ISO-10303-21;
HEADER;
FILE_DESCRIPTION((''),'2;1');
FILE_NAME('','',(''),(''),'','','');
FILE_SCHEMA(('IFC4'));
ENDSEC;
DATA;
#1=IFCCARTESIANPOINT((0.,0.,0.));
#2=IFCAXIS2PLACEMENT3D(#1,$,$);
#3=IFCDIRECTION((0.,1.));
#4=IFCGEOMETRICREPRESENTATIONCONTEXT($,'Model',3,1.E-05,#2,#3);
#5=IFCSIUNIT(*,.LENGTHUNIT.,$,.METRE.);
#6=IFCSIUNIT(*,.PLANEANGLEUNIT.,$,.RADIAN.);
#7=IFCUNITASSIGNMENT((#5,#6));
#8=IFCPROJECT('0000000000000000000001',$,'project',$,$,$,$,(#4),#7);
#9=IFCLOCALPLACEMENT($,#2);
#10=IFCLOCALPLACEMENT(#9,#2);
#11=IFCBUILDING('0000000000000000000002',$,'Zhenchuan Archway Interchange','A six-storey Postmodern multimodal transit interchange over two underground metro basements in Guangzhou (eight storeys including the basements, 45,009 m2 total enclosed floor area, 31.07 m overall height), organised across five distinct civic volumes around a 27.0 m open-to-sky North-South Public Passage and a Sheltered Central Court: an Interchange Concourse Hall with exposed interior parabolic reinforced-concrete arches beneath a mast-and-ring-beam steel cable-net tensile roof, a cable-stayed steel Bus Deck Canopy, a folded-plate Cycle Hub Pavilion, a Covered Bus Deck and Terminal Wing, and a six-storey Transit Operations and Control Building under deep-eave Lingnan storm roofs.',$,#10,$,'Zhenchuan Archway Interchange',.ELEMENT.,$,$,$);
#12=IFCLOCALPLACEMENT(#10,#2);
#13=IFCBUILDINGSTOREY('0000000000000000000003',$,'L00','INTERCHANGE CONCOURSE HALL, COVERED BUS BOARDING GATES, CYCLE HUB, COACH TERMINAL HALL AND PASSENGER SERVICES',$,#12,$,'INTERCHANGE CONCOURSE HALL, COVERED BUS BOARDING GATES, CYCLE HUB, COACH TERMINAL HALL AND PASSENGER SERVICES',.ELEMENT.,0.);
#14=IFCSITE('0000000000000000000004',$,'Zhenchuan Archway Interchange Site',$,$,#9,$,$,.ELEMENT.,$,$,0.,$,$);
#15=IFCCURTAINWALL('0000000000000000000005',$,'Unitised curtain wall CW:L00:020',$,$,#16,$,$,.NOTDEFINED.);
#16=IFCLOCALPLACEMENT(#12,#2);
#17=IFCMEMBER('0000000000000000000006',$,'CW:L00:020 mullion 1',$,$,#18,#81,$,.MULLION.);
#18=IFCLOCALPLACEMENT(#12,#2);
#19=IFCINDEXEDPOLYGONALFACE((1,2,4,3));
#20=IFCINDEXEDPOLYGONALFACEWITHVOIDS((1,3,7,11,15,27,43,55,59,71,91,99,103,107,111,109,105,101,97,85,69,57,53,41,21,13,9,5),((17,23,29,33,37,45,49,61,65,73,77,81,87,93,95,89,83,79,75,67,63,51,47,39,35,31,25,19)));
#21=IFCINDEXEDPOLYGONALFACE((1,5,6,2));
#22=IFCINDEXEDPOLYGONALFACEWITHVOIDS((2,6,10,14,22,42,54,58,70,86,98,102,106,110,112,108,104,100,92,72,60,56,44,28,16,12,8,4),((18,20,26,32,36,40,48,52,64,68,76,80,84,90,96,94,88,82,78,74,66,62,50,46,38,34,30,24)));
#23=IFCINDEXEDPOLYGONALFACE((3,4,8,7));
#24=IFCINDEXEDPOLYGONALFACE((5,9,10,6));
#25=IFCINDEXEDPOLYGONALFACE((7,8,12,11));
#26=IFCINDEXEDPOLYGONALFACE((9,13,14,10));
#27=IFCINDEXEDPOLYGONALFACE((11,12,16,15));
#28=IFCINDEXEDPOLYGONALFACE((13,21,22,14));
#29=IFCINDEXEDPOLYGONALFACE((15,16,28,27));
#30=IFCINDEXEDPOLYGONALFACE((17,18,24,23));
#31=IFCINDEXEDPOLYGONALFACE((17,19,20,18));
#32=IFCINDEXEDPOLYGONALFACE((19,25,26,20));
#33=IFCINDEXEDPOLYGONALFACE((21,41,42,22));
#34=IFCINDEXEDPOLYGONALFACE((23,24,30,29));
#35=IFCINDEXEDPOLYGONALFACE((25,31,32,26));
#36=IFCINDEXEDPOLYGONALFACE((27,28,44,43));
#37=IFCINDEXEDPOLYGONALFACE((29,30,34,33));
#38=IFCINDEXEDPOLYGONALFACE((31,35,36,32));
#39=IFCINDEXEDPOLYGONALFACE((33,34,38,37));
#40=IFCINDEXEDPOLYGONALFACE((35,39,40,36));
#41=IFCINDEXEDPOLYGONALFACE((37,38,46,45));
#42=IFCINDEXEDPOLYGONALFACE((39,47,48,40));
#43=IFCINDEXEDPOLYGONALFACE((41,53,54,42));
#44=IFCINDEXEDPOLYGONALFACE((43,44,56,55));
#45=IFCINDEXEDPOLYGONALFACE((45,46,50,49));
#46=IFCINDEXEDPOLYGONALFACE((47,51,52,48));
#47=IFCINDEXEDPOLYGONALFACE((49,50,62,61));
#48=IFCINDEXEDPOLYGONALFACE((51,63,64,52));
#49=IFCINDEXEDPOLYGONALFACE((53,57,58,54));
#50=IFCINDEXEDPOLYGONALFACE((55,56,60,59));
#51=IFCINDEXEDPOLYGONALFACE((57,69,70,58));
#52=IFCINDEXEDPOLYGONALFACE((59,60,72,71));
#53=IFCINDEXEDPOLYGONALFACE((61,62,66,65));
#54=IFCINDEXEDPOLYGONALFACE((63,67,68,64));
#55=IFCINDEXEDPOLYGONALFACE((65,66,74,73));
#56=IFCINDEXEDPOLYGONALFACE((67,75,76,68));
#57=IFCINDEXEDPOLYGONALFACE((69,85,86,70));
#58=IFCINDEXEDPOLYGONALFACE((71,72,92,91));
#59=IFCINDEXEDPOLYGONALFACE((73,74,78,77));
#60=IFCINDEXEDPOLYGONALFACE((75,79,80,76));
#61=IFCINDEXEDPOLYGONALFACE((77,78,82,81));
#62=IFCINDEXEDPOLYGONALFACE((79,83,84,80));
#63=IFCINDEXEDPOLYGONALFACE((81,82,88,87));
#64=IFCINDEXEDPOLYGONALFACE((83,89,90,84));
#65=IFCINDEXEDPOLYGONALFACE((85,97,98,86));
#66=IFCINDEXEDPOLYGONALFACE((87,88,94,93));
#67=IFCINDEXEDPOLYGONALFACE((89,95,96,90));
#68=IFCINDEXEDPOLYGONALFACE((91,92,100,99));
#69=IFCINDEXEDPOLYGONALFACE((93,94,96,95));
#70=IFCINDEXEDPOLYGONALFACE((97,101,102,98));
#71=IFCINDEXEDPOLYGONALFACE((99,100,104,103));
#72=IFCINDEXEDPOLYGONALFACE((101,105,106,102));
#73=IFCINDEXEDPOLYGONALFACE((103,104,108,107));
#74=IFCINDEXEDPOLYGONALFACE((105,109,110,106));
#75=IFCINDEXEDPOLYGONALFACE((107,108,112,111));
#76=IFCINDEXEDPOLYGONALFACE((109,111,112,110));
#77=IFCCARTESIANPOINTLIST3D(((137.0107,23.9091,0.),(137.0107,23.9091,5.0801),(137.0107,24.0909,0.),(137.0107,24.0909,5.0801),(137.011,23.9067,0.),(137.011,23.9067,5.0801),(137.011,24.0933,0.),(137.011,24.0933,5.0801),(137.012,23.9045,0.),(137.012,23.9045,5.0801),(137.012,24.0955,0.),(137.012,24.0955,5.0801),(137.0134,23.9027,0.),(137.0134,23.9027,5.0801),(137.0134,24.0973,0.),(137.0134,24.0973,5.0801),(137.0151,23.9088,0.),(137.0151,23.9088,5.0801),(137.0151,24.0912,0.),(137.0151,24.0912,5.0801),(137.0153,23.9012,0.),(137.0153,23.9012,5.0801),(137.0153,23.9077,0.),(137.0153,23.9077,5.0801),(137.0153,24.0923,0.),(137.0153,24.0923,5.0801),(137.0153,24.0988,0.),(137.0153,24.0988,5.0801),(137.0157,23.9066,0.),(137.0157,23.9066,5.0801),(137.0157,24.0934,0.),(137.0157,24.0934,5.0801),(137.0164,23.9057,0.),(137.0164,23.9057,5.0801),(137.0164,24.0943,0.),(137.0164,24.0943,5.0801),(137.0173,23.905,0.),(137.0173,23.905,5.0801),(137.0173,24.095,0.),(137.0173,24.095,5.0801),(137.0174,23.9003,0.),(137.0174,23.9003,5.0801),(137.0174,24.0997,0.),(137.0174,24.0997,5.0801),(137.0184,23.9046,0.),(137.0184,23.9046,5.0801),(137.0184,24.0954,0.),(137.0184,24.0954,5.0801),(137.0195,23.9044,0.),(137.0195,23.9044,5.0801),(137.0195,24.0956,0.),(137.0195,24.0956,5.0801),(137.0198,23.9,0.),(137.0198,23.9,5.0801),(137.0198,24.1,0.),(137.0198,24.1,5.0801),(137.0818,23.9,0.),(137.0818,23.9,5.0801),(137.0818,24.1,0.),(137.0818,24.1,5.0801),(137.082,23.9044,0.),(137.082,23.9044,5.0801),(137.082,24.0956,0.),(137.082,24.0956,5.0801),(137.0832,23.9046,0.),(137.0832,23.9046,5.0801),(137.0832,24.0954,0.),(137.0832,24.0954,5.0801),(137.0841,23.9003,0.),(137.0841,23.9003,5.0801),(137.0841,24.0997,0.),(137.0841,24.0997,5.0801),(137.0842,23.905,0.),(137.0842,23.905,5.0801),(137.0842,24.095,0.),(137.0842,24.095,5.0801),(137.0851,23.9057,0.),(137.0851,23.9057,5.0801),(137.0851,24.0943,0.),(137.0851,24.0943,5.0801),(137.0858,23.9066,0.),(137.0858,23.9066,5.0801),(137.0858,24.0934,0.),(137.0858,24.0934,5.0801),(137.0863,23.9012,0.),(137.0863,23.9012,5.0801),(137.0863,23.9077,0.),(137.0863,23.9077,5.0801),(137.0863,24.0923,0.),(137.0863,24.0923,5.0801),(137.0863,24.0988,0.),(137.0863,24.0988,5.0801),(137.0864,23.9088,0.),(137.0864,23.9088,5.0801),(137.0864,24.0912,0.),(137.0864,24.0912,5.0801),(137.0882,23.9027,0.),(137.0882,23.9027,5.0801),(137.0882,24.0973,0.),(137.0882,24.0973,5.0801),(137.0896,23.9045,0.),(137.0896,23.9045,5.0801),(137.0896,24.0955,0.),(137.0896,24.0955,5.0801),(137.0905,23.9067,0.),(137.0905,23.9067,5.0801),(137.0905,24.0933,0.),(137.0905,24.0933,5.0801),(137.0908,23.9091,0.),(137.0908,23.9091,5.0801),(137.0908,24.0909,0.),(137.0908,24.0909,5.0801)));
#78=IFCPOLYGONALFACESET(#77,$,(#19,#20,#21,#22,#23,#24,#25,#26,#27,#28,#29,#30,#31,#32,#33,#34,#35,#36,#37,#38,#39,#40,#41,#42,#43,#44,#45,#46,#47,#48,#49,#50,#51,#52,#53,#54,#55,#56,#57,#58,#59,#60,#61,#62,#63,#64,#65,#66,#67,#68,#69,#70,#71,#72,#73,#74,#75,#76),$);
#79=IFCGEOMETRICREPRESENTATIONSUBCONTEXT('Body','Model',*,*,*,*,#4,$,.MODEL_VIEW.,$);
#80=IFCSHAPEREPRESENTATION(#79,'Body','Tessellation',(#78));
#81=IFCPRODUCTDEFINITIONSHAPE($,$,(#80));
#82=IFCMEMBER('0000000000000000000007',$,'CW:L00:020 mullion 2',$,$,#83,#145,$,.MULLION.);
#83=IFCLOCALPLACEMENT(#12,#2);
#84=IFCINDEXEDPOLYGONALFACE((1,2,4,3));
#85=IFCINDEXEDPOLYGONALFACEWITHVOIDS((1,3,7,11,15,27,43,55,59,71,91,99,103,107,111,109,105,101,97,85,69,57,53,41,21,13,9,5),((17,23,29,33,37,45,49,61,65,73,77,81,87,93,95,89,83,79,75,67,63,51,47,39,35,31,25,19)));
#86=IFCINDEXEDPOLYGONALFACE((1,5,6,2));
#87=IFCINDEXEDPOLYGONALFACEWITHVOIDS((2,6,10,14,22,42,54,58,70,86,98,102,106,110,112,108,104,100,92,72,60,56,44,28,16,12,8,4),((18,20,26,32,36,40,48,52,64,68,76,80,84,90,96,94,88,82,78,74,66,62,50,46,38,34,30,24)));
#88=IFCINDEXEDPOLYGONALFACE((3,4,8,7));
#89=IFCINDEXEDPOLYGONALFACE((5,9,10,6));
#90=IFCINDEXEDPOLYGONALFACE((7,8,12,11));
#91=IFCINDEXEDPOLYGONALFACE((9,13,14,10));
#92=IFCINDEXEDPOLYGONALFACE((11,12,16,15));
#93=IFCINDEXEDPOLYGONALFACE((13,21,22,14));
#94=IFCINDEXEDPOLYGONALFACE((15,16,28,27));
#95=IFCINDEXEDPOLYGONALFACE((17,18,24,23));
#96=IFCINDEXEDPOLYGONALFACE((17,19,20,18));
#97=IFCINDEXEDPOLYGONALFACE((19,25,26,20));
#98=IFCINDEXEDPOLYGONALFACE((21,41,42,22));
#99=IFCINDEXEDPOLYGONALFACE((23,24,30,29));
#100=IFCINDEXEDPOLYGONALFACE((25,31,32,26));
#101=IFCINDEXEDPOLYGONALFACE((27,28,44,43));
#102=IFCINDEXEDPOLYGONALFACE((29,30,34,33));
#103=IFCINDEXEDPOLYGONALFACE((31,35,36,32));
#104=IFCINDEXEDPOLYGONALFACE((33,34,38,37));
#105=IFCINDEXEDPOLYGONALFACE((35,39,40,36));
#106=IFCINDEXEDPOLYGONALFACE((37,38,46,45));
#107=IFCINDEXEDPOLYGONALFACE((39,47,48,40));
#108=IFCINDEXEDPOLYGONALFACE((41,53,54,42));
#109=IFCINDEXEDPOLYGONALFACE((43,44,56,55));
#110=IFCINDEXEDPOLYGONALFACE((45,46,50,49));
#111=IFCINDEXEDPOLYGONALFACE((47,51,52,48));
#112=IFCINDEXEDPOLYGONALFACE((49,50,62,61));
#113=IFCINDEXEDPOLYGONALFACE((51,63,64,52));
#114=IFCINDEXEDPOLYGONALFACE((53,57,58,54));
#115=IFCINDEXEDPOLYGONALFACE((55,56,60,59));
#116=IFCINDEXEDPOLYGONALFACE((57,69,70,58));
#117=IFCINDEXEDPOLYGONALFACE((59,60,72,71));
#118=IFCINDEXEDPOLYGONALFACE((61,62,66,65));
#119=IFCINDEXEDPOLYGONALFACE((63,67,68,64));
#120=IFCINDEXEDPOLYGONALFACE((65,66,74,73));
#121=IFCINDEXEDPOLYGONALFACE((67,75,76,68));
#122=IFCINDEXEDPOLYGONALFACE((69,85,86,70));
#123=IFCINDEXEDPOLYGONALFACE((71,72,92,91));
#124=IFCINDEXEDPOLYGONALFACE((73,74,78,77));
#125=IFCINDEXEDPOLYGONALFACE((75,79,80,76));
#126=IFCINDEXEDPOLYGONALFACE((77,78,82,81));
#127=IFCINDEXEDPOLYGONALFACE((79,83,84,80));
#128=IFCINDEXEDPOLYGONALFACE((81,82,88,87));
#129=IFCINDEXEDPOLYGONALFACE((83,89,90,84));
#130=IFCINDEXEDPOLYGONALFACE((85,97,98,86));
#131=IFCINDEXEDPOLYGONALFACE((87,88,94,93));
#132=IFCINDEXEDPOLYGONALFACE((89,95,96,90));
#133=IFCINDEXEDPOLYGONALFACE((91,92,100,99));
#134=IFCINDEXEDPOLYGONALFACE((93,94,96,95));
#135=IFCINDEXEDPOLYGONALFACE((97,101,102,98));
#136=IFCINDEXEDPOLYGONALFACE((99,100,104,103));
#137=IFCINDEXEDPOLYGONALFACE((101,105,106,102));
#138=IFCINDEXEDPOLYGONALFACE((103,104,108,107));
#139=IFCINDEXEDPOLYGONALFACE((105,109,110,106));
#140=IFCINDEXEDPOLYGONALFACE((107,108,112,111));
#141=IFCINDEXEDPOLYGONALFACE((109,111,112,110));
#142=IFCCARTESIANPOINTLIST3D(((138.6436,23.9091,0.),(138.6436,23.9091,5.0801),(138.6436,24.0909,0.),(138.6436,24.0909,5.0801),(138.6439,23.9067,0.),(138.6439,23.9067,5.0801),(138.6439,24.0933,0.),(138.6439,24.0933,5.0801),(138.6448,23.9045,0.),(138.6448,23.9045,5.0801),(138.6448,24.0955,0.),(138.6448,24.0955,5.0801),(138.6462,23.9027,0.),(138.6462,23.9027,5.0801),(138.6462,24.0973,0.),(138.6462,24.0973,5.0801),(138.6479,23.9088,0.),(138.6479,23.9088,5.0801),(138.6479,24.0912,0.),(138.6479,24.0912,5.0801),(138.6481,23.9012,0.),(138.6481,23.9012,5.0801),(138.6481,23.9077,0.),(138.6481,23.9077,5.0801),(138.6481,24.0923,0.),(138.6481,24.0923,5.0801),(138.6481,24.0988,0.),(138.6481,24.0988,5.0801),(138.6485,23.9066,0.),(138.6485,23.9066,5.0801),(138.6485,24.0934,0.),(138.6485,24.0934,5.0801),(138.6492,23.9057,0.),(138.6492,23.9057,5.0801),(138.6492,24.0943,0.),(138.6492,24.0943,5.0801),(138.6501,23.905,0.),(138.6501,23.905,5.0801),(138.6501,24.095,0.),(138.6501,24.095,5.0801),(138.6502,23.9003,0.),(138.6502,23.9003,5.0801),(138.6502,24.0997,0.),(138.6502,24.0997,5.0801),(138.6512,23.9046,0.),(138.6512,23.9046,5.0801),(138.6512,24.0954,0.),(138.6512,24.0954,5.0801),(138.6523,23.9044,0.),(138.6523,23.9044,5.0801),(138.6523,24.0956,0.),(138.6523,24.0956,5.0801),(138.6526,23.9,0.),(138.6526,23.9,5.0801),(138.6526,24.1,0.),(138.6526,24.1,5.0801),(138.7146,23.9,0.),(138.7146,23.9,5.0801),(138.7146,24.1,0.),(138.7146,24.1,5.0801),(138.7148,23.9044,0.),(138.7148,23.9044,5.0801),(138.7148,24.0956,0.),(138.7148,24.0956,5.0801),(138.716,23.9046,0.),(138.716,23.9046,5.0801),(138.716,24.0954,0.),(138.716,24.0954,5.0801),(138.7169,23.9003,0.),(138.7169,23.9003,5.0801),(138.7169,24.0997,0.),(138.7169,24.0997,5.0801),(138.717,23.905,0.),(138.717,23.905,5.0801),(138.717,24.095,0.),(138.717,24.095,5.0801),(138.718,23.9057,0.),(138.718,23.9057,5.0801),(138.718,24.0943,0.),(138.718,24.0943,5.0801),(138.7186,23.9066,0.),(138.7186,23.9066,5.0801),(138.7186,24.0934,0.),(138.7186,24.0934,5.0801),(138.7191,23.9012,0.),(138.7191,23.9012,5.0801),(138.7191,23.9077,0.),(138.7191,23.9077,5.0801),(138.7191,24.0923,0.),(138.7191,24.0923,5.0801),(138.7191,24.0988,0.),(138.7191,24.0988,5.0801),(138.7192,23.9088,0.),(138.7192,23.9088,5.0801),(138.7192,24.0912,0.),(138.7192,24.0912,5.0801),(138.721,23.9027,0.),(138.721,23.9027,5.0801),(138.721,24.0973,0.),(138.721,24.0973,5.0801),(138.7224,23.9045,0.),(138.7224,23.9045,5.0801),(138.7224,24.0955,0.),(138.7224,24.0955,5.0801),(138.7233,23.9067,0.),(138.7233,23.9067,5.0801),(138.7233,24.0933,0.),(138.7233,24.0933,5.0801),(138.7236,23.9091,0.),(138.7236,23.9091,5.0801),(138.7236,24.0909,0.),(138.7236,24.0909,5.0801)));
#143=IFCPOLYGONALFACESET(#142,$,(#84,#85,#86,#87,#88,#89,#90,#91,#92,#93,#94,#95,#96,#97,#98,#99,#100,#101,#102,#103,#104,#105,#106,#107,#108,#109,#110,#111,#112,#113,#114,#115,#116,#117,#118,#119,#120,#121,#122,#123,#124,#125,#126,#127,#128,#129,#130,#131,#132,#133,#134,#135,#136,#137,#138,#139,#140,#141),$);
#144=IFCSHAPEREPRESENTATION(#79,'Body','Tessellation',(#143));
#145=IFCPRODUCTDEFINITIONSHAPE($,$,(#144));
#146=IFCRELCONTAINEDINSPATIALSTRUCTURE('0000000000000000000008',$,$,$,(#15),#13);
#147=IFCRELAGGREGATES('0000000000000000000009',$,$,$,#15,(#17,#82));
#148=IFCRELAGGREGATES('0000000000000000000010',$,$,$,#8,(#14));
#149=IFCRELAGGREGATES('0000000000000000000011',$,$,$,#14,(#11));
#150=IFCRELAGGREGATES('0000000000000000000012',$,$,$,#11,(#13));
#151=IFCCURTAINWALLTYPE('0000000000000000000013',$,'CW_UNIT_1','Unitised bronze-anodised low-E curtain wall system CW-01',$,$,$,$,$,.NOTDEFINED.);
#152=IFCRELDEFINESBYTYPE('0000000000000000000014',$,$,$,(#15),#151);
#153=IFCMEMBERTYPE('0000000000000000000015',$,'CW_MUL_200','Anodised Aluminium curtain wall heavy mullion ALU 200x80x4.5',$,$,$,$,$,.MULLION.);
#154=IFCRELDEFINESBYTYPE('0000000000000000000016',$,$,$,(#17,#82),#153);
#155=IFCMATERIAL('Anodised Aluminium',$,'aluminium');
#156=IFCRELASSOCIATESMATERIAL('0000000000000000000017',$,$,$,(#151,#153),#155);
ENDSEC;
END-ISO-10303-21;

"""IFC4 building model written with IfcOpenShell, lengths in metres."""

from ifc_helpers import new_model, si_unit, direction, frame, origin, origin_2d, place, context, subcontext, project, spatial, hollow_rectangle, extrude, material, material_profile, profile_set, type_object, element, aggregate, save


model = new_model("IFC4")

# Units and contexts
model_context = context("Model", 3, precision=1e-05, world=origin(), true_north=direction((0.0, 1.0)))
body_context = subcontext(model_context, "Body", "Model", "MODEL_VIEW")
ifc_project = project(units=[si_unit("LENGTHUNIT", "METRE"), si_unit("PLANEANGLEUNIT", "RADIAN")], contexts=[model_context])

# Site, building, storey
site_placement = place(None, origin())
site = spatial("IfcSite", under=ifc_project, at=site_placement, Name="Zhenchuan Archway Interchange Site", CompositionType="ELEMENT", RefElevation=0.0)
building_placement = place(site_placement, origin())
building = spatial("IfcBuilding", under=site, at=building_placement, Name="Zhenchuan Archway Interchange", Description="A six-storey Postmodern multimodal transit interchange over two underground metro basements in Guangzhou (eight storeys including the basements, 45,009 m2 total enclosed floor area, 31.07 m overall height), organised across five distinct civic volumes around a 27.0 m open-to-sky North-South Public Passage and a Sheltered Central Court: an Interchange Concourse Hall with exposed interior parabolic reinforced-concrete arches beneath a mast-and-ring-beam steel cable-net tensile roof, a cable-stayed steel Bus Deck Canopy, a folded-plate Cycle Hub Pavilion, a Covered Bus Deck and Terminal Wing, and a six-storey Transit Operations and Control Building under deep-eave Lingnan storm roofs.", LongName="Zhenchuan Archway Interchange", CompositionType="ELEMENT")
storey_placement = place(building_placement, origin())
storey = spatial("IfcBuildingStorey", under=building, at=storey_placement, Name="L00", Description="INTERCHANGE CONCOURSE HALL, COVERED BUS BOARDING GATES, CYCLE HUB, COACH TERMINAL HALL AND PASSENGER SERVICES", LongName="INTERCHANGE CONCOURSE HALL, COVERED BUS BOARDING GATES, CYCLE HUB, COACH TERMINAL HALL AND PASSENGER SERVICES", CompositionType="ELEMENT", Elevation=0.0)

# Curtain wall, members
ifc_material_1 = material(Name="Anodised Aluminium", Category="aluminium")
curtain_wall_type = type_object("IfcCurtainWallType", Name="CW_UNIT_1", Description="Unitised bronze-anodised low-E curtain wall system CW-01", PredefinedType="NOTDEFINED", material=ifc_material_1)
curtain_wall_placement = place(storey_placement, origin())
curtain_wall = element("IfcCurtainWall", 1, at=curtain_wall_placement, inside=storey, type_object=curtain_wall_type, Name="Unitised curtain wall CW:L00:020", PredefinedType="NOTDEFINED")
ifc_material_profile_1 = material_profile(ifc_material_1, hollow_rectangle(XDim=0.0801, YDim=0.2, WallThickness=0.0044, InnerFilletRadius=0.0044, OuterFilletRadius=0.009, at=origin_2d()), Name="ALU 200x80x4.5")
ifc_profile_set_1 = profile_set([ifc_material_profile_1], Name="Anodised Aluminium")
member_type_1 = type_object("IfcMemberType", Name="CW_MUL_200", Description="Anodised Aluminium curtain wall heavy mullion ALU 200x80x4.5", PredefinedType="MULLION", material=ifc_profile_set_1)
member_1_placement = place(storey_placement, frame((137.0508, 24.0, 0.0), z_axis=(0.0, 0.0, 1.0), x_axis=(1.0, 0.0, 0.0)))
member_1 = element("IfcMember", 2, at=member_1_placement, type_object=member_type_1, Name="CW:L00:020 mullion 1", PredefinedType="MULLION", context=body_context, shape_type="SweptSolid", body=[
    extrude(hollow_rectangle(XDim=0.0801, YDim=0.2, WallThickness=0.0044, InnerFilletRadius=0.0044, OuterFilletRadius=0.009, at=origin_2d()), origin(), (0.0, 0.0, 1.0), 5.0801),
])
member_2_placement = place(storey_placement, frame((138.6836, 24.0, 0.0), z_axis=(0.0, 0.0, 1.0), x_axis=(1.0, 0.0, 0.0)))
member_2 = element("IfcMember", 3, at=member_2_placement, type_object=member_type_1, Name="CW:L00:020 mullion 2", PredefinedType="MULLION", context=body_context, shape_type="SweptSolid", body=[
    extrude(hollow_rectangle(XDim=0.0801, YDim=0.2, WallThickness=0.0044, InnerFilletRadius=0.0044, OuterFilletRadius=0.009, at=origin_2d()), origin(), (0.0, 0.0, 1.0), 5.0801),
])
aggregate(curtain_wall, [member_1, member_2])

save(model, "model.ifc")
